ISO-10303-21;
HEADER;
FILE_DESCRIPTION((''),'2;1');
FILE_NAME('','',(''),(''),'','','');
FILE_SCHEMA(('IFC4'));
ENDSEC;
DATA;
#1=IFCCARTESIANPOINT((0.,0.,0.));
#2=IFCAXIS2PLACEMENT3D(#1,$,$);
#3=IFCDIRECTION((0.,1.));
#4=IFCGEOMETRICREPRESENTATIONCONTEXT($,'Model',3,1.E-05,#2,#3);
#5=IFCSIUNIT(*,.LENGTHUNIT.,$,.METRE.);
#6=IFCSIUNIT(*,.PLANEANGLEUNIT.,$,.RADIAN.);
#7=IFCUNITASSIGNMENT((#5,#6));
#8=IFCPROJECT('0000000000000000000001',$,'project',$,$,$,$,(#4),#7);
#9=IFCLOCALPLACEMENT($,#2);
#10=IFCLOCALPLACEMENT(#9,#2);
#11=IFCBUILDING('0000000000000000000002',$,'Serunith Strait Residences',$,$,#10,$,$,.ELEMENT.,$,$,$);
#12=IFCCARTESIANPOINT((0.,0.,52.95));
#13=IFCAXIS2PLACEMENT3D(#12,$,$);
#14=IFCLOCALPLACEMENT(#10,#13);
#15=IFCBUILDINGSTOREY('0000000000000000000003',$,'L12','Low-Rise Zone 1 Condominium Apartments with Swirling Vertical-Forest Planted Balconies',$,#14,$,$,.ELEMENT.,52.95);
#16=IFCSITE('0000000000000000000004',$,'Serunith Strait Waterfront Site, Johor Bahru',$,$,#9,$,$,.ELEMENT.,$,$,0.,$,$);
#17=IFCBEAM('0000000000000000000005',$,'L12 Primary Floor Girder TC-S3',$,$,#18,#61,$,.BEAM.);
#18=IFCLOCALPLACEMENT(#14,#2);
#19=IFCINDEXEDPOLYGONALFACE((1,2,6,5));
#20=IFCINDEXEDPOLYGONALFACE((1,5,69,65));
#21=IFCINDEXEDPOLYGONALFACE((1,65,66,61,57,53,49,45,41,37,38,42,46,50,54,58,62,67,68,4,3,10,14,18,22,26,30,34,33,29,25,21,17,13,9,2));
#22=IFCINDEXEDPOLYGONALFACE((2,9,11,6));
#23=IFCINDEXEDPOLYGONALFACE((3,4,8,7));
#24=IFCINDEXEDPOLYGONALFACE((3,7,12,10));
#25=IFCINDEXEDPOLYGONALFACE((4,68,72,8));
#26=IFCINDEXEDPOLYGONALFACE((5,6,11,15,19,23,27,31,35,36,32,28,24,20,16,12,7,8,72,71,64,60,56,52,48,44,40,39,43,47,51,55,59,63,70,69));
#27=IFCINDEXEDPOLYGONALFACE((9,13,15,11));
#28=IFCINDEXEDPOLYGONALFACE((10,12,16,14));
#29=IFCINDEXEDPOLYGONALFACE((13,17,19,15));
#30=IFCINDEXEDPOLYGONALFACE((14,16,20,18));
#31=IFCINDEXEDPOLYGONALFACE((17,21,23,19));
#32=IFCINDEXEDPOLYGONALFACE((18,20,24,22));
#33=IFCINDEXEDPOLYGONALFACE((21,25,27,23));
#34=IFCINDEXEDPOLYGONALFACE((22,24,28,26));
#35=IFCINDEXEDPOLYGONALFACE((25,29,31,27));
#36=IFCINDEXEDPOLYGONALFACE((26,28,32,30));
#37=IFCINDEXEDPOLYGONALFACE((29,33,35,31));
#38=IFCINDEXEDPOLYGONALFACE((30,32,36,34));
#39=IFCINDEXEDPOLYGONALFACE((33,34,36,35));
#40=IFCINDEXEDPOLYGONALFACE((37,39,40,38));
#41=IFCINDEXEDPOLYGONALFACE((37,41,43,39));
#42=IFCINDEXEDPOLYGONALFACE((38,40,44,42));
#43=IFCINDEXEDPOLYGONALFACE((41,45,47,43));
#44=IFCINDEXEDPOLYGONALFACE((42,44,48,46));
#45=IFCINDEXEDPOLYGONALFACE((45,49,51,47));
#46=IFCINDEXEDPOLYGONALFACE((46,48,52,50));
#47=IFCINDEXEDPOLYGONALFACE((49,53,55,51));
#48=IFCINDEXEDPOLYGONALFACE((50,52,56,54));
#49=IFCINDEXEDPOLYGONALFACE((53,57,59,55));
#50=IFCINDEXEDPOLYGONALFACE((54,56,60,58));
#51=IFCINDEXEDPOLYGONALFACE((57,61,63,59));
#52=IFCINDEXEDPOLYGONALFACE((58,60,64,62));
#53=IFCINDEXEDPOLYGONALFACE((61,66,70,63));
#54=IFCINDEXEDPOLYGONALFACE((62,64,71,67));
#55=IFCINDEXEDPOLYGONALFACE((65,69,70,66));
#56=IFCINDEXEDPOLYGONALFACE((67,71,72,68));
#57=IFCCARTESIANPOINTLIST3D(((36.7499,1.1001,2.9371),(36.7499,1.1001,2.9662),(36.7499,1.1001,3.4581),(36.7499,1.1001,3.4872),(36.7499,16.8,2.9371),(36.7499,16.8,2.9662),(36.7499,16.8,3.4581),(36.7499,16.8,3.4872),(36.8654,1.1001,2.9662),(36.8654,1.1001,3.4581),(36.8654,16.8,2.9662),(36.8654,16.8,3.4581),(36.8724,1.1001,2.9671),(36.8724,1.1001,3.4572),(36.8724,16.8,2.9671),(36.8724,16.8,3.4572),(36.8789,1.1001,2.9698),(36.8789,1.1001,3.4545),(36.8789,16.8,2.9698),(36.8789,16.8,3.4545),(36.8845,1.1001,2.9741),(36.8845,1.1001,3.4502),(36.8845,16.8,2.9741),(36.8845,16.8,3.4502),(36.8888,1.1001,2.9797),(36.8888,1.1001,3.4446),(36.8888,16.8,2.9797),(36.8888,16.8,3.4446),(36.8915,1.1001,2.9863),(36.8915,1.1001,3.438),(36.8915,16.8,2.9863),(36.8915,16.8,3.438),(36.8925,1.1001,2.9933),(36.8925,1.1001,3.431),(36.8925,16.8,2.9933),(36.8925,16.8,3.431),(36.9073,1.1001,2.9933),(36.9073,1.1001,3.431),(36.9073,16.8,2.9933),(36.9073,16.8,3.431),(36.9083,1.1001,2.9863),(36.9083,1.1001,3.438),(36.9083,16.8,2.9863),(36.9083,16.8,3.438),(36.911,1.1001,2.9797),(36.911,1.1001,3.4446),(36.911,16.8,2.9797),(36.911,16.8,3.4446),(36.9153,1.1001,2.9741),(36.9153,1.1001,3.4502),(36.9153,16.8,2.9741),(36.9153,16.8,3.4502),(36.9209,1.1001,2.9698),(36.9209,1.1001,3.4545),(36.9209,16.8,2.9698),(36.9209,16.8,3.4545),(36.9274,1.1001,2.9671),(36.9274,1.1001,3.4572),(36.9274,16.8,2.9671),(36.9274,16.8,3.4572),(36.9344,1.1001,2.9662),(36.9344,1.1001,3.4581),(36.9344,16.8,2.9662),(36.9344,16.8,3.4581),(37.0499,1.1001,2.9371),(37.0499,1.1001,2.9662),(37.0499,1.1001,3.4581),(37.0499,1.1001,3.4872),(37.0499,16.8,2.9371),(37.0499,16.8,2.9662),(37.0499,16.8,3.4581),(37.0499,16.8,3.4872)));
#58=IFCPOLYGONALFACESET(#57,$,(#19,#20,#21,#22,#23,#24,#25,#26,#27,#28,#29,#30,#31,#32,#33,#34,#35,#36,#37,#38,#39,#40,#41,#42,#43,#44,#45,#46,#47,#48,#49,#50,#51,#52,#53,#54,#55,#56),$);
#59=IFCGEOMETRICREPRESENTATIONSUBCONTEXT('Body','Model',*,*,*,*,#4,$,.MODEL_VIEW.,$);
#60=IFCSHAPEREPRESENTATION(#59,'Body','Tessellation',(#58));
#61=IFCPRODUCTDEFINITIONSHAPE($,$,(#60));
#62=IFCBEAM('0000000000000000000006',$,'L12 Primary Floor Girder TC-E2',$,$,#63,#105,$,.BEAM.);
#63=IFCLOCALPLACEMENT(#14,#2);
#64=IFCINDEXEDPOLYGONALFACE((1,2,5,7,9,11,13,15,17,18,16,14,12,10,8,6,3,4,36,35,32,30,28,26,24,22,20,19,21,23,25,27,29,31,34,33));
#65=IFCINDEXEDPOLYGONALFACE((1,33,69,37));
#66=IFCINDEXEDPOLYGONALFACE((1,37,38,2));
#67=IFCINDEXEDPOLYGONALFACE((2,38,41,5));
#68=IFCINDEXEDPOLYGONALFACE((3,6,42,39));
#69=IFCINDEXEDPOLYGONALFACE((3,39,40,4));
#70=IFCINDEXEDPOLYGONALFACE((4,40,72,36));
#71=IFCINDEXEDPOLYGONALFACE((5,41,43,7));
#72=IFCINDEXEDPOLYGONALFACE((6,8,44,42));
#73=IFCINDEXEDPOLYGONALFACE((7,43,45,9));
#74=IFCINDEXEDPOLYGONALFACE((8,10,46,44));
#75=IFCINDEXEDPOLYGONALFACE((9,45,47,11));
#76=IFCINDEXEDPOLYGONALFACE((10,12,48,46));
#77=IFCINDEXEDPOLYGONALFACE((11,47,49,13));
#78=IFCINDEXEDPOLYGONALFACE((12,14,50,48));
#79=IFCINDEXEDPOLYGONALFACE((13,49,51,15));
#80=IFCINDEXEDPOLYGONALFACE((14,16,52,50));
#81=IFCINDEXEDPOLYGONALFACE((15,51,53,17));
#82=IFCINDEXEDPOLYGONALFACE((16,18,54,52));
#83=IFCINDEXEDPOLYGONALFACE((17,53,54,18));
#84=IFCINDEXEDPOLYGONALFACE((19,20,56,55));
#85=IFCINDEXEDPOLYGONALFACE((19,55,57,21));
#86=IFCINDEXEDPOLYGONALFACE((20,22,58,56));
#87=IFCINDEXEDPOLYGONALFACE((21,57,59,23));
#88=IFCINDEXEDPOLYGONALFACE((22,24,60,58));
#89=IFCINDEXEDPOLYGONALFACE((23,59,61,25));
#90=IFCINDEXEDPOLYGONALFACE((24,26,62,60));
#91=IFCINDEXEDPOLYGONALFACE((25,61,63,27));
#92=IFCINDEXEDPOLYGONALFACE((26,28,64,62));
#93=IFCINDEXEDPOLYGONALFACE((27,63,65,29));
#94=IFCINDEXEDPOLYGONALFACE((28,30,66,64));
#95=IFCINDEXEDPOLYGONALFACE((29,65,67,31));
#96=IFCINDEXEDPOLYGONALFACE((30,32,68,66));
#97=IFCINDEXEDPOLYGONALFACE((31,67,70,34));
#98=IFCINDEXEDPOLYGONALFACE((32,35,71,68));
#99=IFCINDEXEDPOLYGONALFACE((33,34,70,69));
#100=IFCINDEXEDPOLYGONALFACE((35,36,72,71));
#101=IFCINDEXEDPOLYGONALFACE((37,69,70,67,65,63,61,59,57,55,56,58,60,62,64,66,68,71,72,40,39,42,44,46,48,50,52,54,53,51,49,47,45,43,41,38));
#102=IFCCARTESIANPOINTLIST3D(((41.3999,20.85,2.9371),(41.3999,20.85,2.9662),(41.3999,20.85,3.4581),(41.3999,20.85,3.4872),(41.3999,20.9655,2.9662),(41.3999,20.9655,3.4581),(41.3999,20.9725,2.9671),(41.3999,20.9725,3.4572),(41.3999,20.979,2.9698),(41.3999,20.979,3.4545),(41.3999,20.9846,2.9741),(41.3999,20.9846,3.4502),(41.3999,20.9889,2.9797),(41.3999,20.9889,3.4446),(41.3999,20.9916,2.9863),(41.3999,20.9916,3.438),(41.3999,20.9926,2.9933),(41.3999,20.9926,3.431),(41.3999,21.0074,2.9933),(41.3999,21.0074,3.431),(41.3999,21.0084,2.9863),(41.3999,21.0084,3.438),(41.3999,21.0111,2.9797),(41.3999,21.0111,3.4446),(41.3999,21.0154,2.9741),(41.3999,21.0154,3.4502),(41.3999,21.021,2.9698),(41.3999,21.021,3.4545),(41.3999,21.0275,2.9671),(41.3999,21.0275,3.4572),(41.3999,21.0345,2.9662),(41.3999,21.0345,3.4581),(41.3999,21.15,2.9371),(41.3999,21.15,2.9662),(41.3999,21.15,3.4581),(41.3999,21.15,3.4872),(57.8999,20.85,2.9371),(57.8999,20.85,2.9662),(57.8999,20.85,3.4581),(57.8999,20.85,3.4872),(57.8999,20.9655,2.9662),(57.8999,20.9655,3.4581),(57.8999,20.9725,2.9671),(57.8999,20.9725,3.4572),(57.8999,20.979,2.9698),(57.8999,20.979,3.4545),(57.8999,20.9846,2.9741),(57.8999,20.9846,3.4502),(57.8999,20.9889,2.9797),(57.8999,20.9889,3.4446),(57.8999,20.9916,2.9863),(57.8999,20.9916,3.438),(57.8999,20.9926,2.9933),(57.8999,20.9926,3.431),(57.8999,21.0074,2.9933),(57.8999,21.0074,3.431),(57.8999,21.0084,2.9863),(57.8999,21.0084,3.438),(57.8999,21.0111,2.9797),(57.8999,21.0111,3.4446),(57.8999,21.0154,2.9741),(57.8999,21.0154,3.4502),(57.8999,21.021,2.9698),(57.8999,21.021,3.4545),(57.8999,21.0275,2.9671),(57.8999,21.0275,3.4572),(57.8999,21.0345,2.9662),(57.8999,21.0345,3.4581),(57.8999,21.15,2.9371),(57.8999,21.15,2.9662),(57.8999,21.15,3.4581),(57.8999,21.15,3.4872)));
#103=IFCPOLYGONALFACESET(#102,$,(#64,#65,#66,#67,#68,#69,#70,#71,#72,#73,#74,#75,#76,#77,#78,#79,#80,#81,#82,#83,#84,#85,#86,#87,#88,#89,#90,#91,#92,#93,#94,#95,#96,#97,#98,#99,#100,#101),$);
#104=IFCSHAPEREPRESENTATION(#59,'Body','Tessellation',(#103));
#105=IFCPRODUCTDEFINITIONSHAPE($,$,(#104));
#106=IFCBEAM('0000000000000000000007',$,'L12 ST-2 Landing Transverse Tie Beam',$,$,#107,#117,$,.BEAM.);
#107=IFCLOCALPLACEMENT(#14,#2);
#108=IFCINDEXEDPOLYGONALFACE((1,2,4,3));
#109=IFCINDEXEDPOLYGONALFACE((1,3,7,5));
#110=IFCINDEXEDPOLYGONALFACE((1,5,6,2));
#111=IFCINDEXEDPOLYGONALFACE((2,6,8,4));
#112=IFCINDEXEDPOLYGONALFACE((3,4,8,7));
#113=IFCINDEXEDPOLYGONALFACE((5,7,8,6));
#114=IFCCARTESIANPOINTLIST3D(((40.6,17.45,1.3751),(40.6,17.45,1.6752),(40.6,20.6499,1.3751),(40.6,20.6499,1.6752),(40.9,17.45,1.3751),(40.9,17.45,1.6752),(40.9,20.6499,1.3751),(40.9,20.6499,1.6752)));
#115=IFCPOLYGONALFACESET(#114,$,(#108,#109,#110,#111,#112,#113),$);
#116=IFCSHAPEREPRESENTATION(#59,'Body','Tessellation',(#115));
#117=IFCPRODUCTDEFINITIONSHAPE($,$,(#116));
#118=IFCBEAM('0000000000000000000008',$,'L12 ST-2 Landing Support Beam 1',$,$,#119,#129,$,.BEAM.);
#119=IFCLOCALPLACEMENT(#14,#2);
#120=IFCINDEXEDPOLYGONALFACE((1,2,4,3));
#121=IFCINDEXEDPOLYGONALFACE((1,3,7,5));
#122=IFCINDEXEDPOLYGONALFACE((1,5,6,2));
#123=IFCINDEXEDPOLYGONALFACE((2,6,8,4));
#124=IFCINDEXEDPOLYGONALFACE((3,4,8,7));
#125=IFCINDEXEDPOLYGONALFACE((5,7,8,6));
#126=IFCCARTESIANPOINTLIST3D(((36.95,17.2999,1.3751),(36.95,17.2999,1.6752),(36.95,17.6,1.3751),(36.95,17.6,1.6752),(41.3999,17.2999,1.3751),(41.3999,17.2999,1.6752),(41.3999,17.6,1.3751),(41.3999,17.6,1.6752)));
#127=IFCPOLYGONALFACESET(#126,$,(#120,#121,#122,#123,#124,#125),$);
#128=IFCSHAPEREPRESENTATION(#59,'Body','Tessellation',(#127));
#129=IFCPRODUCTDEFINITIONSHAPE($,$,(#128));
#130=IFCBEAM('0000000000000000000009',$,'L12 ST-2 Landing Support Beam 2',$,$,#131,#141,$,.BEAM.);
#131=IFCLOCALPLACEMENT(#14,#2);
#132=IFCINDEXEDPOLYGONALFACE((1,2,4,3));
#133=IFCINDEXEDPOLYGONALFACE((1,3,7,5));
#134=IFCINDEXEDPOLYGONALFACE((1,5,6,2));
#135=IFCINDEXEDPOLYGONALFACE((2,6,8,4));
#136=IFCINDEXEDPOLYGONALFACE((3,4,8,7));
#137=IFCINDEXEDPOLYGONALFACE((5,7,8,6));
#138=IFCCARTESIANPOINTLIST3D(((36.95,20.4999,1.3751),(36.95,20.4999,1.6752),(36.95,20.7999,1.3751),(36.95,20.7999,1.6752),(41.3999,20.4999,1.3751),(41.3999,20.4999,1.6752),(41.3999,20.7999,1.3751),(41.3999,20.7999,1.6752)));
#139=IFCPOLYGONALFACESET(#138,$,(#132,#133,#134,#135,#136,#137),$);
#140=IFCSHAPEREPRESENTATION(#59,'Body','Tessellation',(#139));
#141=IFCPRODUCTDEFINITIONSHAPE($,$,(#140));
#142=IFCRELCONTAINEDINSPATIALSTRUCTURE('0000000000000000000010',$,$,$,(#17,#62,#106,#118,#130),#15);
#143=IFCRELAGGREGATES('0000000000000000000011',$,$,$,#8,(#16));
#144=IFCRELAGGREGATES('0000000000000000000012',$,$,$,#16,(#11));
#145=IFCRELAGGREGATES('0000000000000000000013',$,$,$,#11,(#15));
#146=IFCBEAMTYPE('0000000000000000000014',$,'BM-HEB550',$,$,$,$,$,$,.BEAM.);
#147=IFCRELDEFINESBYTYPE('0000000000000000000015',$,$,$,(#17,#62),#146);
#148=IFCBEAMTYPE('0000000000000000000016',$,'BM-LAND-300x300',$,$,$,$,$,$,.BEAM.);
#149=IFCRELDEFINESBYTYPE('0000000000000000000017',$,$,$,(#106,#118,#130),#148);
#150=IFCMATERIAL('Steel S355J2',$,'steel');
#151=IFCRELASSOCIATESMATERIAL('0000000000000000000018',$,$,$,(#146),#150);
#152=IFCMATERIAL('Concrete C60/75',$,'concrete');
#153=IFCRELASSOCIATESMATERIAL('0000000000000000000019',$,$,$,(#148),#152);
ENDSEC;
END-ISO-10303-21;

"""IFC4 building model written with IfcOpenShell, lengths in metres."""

from ifc_helpers import new_model, si_unit, direction, frame, origin, origin_2d, place, context, subcontext, project, spatial, rectangle, i_section, extrude, source, transform, mapped, material, material_profile, profile_set, type_object, element, save


model = new_model("IFC4")

# Units and contexts
model_context = context("Model", 3, precision=1e-05, world=origin(), true_north=direction((0.0, 1.0)))
body_context = subcontext(model_context, "Body", "Model", "MODEL_VIEW")
ifc_project = project(units=[si_unit("LENGTHUNIT", "METRE"), si_unit("PLANEANGLEUNIT", "RADIAN")], contexts=[model_context])

# Site, building, storey
site_placement = place(None, origin())
site = spatial("IfcSite", under=ifc_project, at=site_placement, Name="Serunith Strait Waterfront Site, Johor Bahru", CompositionType="ELEMENT", RefElevation=0.0)
building_placement = place(site_placement, origin())
building = spatial("IfcBuilding", under=site, at=building_placement, Name="Serunith Strait Residences", CompositionType="ELEMENT")
storey_placement = place(building_placement, frame((0.0, 0.0, 52.95)))
storey = spatial("IfcBuildingStorey", under=building, at=storey_placement, Name="L12", Description="Low-Rise Zone 1 Condominium Apartments with Swirling Vertical-Forest Planted Balconies", CompositionType="ELEMENT", Elevation=52.95)

# Beams
ifc_material_1 = material(Name="Steel S355J2", Category="steel")
ifc_material_profile_1 = material_profile(ifc_material_1, i_section(OverallWidth=0.3, OverallDepth=0.55, WebThickness=0.0149, FlangeThickness=0.0291, FilletRadius=0.0271, at=origin_2d()), Name="HEB 550")
ifc_profile_set_1 = profile_set([ifc_material_profile_1], Name="Steel S355J2")
beam_type_1 = type_object("IfcBeamType", Name="BM-HEB550", PredefinedType="BEAM", material=ifc_profile_set_1)
shared_shape_1 = source(origin(), body_context, "Body", "SweptSolid", [
    extrude(i_section(OverallWidth=0.3, OverallDepth=0.55, WebThickness=0.0149, FlangeThickness=0.0291, FilletRadius=0.0271, at=origin_2d()), origin(), (0.0, 0.0, 1.0), 15.7),
])
beam_1_placement = place(storey_placement, frame((36.8999, 16.8, 3.2122), z_axis=(0.0, -1.0, 0.0), x_axis=(1.0, 0.0, 0.0)))
element("IfcBeam", 1, at=beam_1_placement, inside=storey, type_object=beam_type_1, Name="L12 Primary Floor Girder TC-S3", PredefinedType="BEAM", context=body_context, shape_type="MappedRepresentation", body=[
    mapped(shared_shape_1, transform((0.0, 0.0, 0.0), scale=1.0)),
])
shared_shape_2 = source(origin(), body_context, "Body", "SweptSolid", [
    extrude(i_section(OverallWidth=0.3, OverallDepth=0.55, WebThickness=0.0149, FlangeThickness=0.0291, FilletRadius=0.0271, at=origin_2d()), origin(), (0.0, 0.0, 1.0), 16.5),
])
beam_2_placement = place(storey_placement, frame((41.3999, 21.0, 3.2122), z_axis=(1.0, 0.0, 0.0), x_axis=(0.0, 1.0, 0.0)))
element("IfcBeam", 2, at=beam_2_placement, inside=storey, type_object=beam_type_1, Name="L12 Primary Floor Girder TC-E2", PredefinedType="BEAM", context=body_context, shape_type="MappedRepresentation", body=[
    mapped(shared_shape_2, transform((0.0, 0.0, 0.0), scale=1.0)),
])
ifc_material_2 = material(Name="Concrete C60/75", Category="concrete")
ifc_material_profile_2 = material_profile(ifc_material_2, rectangle(XDim=0.3, YDim=0.3, at=origin_2d()), Name="RC 300x300")
ifc_profile_set_2 = profile_set([ifc_material_profile_2], Name="Concrete C60/75")
beam_type_2 = type_object("IfcBeamType", Name="BM-LAND-300x300", PredefinedType="BEAM", material=ifc_profile_set_2)
shared_shape_3 = source(origin(), body_context, "Body", "SweptSolid", [
    extrude(rectangle(XDim=0.3, YDim=0.3, at=origin_2d()), origin(), (0.0, 0.0, 1.0), 3.2),
])
beam_3_placement = place(storey_placement, frame((40.75, 17.45, 1.5251), z_axis=(0.0, 1.0, 0.0), x_axis=(-1.0, 0.0, 0.0)))
element("IfcBeam", 3, at=beam_3_placement, inside=storey, type_object=beam_type_2, Name="L12 ST-2 Landing Transverse Tie Beam", PredefinedType="BEAM", context=body_context, shape_type="MappedRepresentation", body=[
    mapped(shared_shape_3, transform((0.0, 0.0, 0.0), scale=1.0)),
])
shared_shape_4 = source(origin(), body_context, "Body", "SweptSolid", [
    extrude(rectangle(XDim=0.3, YDim=0.3, at=origin_2d()), origin(), (0.0, 0.0, 1.0), 4.45),
])
for number, where, z_axis, x_axis, name in (
    (4, (36.95, 17.45, 1.5251), (1.0, 0.0, 0.0), (0.0, 1.0, 0.0), "L12 ST-2 Landing Support Beam 1"),
    (5, (36.95, 20.6499, 1.5251), (1.0, 0.0, 0.0), (0.0, 1.0, 0.0), "L12 ST-2 Landing Support Beam 2"),
):
    element("IfcBeam", number, at=place(storey_placement, frame(where, z_axis=z_axis, x_axis=x_axis)), inside=storey, type_object=beam_type_2, Name=name, PredefinedType="BEAM", context=body_context, shape_type="MappedRepresentation", body=[
        mapped(shared_shape_4, transform((0.0, 0.0, 0.0), scale=1.0)),
    ])

save(model, "model.ifc")
